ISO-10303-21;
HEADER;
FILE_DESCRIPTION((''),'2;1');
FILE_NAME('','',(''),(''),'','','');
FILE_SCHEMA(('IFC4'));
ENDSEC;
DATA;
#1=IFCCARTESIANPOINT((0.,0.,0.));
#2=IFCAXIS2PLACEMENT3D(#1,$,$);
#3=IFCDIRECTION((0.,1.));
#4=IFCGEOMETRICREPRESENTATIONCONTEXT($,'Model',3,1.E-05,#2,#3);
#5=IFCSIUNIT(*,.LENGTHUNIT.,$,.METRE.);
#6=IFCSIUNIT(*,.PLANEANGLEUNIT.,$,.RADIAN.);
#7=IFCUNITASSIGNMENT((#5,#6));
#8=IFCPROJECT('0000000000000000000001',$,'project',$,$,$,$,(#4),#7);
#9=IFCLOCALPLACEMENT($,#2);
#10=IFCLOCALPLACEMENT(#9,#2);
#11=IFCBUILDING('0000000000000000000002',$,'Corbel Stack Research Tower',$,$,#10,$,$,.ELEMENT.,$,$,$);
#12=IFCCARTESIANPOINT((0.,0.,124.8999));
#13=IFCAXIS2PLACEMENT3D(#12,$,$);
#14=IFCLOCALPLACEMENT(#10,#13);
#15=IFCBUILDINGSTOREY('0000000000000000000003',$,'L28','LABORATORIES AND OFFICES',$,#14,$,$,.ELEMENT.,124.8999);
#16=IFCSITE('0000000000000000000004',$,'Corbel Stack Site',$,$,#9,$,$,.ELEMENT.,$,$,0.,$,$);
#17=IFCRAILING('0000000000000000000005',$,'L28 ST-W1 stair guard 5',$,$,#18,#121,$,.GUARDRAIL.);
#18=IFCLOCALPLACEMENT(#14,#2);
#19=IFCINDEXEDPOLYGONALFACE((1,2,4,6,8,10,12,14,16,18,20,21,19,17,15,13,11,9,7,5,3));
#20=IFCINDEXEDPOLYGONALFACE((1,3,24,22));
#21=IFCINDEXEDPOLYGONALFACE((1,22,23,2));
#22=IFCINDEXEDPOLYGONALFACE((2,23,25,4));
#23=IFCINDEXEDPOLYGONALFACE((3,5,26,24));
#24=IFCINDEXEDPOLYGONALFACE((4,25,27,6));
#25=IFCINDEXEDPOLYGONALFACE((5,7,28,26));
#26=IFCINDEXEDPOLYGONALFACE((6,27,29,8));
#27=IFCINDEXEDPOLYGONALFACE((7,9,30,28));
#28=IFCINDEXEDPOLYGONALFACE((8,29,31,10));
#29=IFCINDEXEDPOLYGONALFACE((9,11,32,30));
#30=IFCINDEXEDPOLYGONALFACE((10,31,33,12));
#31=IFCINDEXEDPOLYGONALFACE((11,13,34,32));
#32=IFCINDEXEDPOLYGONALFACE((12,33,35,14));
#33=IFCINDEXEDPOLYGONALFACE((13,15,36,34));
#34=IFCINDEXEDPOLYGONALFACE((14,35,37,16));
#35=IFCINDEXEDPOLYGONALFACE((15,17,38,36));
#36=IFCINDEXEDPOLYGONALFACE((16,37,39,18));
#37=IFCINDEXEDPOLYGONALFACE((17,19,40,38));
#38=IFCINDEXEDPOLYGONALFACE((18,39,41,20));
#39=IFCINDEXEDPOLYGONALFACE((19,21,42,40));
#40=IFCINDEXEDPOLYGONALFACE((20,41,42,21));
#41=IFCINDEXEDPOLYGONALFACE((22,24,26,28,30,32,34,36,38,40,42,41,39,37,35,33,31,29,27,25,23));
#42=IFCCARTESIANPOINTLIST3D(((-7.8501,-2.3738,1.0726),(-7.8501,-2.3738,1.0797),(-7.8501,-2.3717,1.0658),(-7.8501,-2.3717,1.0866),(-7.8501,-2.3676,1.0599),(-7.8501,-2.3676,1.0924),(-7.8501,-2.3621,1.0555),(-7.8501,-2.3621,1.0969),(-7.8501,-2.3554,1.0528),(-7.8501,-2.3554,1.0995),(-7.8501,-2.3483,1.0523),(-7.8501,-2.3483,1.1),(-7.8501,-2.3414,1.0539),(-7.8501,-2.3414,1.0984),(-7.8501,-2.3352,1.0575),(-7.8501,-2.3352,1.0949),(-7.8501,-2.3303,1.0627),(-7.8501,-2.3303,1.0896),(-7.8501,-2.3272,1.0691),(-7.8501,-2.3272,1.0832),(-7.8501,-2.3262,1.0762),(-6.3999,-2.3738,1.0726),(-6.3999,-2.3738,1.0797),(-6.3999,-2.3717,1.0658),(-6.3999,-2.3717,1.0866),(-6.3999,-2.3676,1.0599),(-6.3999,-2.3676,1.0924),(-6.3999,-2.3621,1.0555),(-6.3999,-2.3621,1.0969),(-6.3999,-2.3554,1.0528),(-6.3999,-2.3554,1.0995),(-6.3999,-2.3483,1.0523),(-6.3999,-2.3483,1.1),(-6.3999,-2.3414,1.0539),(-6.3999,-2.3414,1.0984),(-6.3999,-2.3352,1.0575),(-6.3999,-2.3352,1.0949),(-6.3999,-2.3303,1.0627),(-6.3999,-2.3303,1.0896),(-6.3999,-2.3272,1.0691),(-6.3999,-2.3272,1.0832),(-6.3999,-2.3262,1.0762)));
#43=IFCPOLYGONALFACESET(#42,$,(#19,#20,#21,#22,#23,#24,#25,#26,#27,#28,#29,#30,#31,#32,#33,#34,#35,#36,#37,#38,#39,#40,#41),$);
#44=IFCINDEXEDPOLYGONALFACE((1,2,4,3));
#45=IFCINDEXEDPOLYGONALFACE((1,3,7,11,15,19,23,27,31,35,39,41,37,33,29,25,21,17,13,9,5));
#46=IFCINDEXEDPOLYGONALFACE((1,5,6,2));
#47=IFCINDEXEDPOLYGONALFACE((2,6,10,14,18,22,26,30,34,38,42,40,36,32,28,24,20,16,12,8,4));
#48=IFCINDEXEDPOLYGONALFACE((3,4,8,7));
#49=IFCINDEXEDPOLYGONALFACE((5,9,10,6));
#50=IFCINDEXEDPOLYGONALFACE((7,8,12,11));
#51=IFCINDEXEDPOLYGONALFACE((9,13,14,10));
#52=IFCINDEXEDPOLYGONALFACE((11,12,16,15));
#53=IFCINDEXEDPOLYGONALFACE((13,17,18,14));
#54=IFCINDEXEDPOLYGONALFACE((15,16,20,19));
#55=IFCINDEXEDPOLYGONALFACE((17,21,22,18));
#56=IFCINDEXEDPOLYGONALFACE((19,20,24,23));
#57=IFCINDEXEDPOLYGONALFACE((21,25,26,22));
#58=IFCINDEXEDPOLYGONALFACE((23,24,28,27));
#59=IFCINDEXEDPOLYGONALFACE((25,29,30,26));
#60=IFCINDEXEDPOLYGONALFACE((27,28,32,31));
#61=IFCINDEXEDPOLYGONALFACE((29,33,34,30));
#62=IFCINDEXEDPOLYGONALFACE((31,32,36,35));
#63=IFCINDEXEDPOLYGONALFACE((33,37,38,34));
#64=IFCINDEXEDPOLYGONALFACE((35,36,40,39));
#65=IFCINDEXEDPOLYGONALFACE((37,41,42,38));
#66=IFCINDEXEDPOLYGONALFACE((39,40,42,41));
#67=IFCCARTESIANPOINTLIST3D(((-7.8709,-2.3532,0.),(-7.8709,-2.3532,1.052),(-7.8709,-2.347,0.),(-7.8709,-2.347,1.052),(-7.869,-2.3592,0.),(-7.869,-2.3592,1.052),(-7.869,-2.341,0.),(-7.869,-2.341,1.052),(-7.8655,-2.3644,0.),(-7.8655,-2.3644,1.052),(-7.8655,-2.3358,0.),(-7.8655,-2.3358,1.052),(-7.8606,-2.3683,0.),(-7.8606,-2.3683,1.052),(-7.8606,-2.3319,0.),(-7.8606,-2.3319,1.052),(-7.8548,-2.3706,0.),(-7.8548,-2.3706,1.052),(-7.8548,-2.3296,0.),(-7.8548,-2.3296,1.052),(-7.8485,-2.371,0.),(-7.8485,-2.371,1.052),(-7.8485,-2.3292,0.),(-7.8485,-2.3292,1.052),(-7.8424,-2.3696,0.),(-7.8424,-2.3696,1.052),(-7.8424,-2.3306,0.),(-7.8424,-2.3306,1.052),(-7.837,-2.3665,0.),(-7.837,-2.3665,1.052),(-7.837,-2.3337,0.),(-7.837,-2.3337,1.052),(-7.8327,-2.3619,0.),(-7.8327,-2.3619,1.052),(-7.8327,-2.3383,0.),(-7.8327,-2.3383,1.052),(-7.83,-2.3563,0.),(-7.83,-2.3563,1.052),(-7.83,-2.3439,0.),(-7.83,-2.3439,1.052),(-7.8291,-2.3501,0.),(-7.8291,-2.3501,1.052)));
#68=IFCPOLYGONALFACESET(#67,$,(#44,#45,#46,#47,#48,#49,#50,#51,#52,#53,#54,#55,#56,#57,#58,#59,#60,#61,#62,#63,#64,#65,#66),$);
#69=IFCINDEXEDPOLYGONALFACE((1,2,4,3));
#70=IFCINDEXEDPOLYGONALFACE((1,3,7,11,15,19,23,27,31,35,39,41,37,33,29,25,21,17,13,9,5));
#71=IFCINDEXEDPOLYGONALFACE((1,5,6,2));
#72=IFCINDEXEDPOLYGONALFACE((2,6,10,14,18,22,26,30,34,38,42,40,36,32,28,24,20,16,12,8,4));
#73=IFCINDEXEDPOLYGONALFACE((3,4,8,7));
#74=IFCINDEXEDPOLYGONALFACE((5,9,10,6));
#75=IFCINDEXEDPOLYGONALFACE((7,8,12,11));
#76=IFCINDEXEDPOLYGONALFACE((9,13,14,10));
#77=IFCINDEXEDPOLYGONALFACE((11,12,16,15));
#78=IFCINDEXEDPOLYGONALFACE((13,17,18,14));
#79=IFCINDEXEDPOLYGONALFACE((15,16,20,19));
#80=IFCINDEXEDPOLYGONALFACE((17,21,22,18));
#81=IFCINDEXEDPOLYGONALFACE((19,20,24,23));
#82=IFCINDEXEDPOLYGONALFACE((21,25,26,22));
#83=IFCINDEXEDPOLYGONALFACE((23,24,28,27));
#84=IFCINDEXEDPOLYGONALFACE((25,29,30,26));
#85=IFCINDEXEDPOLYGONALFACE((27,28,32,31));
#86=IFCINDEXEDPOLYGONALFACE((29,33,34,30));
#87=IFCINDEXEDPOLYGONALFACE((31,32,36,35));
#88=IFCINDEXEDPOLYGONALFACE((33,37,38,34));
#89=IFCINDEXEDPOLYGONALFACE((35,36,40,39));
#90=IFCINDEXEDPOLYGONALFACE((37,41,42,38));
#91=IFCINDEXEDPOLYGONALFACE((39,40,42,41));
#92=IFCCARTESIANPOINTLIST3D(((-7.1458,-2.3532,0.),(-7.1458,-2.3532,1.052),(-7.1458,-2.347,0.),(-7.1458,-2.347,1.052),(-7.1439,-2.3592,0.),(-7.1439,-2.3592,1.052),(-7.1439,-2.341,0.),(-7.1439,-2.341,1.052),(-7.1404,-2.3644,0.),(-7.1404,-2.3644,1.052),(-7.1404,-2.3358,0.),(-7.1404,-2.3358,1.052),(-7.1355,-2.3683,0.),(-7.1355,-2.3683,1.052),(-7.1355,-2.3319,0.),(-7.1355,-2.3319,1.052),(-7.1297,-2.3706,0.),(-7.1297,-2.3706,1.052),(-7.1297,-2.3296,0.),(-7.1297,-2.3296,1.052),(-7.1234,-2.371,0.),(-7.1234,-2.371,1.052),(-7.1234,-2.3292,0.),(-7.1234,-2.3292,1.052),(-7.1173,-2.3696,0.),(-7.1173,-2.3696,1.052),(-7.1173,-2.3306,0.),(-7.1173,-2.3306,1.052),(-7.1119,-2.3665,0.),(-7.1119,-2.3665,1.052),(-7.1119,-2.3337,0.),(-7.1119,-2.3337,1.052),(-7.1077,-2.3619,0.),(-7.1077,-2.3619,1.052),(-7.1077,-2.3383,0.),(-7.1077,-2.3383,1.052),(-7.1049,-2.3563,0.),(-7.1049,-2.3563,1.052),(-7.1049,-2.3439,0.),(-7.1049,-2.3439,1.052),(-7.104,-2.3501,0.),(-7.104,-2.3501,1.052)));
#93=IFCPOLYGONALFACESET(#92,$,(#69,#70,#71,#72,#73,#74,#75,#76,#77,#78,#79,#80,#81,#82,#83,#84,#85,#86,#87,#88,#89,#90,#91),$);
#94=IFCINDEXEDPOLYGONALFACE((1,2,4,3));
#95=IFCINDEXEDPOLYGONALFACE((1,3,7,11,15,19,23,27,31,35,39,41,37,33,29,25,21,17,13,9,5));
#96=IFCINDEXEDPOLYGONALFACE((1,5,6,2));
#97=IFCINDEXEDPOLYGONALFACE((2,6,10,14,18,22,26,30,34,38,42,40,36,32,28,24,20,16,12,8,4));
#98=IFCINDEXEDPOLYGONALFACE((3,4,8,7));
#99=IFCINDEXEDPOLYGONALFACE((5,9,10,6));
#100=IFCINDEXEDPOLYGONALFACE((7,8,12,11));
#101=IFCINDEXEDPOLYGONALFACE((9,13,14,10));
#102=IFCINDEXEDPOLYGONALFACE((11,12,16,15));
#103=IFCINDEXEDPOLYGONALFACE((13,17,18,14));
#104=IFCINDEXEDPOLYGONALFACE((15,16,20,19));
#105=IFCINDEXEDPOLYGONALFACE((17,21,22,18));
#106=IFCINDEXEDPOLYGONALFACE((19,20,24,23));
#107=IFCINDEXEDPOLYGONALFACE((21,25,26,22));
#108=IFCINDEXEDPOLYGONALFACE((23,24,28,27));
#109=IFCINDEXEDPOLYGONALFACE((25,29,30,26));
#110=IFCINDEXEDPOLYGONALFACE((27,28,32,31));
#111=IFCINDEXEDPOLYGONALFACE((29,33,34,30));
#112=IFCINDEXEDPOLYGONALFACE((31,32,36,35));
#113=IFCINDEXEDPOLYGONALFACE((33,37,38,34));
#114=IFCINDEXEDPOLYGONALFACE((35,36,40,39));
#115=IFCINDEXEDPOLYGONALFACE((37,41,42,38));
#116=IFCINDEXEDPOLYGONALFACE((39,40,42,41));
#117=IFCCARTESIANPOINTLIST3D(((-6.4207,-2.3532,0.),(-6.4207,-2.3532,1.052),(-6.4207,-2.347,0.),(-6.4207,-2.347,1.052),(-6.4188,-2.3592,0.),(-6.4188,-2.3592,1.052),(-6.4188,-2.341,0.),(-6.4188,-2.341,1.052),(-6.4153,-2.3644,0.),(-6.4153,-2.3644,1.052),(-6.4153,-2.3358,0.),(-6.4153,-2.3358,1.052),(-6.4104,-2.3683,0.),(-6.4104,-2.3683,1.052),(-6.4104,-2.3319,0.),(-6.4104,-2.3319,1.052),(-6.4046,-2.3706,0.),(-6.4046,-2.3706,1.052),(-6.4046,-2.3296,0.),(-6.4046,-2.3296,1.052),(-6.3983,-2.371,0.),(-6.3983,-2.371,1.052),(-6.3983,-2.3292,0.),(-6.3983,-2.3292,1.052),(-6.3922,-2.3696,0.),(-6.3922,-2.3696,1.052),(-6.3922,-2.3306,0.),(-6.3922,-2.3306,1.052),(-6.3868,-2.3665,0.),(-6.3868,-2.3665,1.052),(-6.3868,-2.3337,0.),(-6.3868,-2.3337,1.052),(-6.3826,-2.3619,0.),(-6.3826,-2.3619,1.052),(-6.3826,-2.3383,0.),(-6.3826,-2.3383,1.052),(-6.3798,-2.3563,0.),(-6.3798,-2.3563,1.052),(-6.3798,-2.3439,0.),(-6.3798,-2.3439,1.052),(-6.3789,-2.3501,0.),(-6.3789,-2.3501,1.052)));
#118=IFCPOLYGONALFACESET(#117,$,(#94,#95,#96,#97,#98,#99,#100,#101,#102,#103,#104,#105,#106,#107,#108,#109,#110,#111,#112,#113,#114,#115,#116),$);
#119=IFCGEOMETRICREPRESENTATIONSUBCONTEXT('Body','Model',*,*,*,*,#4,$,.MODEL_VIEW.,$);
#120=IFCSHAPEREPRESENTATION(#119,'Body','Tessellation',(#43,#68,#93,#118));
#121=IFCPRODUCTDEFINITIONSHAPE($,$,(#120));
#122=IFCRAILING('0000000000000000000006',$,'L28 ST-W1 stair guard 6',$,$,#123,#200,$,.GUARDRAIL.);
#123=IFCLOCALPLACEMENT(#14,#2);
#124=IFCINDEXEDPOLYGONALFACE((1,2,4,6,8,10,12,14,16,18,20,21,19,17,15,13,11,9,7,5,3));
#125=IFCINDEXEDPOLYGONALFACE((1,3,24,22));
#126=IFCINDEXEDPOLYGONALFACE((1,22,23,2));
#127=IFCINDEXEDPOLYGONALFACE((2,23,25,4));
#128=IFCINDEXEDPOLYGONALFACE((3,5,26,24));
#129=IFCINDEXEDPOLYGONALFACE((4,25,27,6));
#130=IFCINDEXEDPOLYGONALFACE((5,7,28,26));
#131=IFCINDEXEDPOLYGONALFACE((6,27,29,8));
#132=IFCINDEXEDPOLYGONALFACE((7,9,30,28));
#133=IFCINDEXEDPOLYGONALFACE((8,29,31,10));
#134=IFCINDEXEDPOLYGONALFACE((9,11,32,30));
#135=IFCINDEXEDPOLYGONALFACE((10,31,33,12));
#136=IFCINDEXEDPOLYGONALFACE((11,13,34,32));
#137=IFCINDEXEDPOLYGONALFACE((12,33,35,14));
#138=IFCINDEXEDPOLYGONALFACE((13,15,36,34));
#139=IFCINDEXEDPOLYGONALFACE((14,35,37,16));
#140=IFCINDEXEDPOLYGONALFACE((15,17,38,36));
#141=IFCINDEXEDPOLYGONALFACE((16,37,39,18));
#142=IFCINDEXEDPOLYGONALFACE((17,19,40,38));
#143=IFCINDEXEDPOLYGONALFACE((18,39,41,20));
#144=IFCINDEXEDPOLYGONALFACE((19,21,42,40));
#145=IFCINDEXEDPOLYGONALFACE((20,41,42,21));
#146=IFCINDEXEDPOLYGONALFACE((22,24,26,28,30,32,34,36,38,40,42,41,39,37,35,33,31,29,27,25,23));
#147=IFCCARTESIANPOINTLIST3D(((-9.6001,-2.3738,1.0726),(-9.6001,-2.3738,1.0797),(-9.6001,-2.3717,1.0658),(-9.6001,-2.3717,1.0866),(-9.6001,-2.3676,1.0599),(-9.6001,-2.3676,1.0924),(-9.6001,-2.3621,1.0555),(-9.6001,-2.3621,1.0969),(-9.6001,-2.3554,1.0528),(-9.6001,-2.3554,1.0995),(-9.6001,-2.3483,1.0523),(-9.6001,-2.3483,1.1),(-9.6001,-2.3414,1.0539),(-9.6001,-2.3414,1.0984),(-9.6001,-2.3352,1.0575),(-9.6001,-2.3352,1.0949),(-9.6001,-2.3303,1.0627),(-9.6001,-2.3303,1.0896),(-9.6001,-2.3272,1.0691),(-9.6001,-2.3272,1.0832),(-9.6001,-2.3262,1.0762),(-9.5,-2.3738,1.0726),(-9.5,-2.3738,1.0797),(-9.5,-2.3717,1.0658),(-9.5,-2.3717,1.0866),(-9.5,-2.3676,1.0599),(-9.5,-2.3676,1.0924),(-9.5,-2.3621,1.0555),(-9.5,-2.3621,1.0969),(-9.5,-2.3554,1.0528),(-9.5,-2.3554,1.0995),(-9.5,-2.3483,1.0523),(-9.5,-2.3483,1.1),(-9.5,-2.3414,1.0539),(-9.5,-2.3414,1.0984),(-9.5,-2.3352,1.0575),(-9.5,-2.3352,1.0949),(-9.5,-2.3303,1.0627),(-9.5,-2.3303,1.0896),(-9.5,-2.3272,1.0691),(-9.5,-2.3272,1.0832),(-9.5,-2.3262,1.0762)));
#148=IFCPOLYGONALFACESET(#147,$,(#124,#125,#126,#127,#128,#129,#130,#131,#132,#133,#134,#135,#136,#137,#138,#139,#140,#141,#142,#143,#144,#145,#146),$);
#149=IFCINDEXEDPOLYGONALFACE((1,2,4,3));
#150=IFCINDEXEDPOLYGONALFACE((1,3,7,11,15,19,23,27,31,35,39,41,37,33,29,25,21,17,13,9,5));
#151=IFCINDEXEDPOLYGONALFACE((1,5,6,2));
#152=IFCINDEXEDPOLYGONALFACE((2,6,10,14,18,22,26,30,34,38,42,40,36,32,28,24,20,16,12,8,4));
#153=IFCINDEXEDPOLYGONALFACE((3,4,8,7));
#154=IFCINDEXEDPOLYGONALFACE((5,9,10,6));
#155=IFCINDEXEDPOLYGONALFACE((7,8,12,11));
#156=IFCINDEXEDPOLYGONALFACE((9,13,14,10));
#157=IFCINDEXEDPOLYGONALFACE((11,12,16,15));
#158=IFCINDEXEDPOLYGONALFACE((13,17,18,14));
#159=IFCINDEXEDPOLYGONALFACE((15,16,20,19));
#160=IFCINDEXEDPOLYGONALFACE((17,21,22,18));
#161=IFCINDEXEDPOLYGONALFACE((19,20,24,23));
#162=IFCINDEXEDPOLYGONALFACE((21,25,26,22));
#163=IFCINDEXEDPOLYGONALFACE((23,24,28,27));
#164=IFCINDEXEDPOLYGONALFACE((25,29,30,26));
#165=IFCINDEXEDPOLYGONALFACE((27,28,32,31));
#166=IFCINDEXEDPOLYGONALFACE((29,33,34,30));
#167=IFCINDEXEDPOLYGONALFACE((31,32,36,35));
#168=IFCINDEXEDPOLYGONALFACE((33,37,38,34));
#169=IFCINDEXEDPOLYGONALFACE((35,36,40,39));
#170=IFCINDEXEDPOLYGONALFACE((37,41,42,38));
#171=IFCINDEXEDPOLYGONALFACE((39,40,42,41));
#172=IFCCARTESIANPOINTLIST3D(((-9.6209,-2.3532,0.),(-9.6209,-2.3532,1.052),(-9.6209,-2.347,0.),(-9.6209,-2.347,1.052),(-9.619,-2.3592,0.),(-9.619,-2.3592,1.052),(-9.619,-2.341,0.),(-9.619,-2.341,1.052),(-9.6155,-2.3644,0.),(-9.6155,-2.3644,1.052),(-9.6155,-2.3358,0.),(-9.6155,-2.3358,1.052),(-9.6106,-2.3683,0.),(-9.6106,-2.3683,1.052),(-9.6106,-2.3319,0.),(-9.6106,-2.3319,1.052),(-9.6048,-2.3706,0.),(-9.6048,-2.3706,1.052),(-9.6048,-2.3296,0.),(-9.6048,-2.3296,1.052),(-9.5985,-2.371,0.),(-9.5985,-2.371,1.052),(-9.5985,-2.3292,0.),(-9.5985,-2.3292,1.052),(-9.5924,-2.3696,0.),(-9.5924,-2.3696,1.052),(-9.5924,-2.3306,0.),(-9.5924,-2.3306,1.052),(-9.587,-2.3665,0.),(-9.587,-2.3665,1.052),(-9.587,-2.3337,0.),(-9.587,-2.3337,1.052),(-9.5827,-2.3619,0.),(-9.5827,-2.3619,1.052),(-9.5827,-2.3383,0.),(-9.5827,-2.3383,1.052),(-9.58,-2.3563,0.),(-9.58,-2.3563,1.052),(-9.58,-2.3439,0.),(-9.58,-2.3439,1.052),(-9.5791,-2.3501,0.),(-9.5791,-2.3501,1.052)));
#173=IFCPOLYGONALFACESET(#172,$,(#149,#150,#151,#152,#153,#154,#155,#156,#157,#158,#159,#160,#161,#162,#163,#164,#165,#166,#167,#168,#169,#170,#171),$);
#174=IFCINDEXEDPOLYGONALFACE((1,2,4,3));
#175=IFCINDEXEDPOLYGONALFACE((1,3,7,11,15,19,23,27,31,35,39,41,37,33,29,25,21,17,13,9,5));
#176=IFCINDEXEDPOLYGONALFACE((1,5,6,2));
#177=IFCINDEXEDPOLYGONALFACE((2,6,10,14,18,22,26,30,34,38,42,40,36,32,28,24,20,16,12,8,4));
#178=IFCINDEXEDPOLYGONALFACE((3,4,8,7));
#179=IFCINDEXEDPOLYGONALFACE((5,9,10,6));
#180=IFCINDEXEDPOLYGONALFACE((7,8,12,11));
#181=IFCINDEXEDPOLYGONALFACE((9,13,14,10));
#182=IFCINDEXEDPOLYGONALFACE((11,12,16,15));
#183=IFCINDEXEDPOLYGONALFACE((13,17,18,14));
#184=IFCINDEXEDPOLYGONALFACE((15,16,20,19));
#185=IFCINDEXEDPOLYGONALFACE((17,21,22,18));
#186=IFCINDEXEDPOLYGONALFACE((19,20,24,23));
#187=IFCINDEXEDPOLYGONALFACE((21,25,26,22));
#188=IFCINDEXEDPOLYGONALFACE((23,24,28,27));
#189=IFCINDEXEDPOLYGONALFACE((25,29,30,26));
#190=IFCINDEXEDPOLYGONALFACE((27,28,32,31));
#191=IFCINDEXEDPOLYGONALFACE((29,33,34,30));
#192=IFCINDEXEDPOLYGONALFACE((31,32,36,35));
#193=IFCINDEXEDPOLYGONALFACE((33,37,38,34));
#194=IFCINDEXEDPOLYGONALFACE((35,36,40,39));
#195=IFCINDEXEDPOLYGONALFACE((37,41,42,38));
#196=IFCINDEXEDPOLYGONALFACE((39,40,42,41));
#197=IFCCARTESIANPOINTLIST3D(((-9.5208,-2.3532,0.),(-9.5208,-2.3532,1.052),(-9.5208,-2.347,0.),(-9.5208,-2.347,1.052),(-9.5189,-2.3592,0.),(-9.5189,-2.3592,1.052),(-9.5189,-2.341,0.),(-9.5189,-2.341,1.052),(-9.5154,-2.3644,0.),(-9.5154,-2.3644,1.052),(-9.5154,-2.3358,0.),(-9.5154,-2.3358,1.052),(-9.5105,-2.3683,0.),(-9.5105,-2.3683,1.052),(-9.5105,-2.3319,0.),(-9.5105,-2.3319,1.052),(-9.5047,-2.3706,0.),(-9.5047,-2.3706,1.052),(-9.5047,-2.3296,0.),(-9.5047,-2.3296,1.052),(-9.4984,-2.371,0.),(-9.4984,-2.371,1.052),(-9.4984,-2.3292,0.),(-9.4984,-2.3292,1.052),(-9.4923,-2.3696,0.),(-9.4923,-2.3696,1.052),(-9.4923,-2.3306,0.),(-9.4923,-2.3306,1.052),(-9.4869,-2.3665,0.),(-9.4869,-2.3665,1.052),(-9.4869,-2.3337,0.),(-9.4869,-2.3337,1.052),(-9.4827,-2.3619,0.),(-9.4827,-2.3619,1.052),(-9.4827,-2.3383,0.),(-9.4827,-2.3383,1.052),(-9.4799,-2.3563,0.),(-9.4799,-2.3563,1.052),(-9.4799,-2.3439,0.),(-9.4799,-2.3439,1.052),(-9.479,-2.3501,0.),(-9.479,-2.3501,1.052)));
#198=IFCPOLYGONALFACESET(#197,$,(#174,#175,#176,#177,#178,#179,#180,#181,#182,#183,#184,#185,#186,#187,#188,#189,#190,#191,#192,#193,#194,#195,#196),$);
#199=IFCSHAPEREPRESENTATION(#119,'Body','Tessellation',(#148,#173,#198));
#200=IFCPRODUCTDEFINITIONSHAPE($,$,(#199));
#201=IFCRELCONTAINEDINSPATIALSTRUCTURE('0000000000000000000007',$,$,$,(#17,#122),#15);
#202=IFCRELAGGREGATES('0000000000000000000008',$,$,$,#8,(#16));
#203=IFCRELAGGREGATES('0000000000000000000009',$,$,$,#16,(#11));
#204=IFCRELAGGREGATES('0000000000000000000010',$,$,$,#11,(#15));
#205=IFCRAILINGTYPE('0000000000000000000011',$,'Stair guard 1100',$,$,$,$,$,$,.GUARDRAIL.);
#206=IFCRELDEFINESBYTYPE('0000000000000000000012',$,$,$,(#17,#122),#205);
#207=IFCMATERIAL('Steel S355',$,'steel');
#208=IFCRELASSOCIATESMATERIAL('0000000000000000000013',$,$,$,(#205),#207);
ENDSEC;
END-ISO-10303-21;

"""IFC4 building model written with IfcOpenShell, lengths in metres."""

from ifc_helpers import new_model, si_unit, direction, frame, origin, origin_2d, place, context, subcontext, project, spatial, circle, extrude, material, type_object, element, save


model = new_model("IFC4")

# Units and contexts
model_context = context("Model", 3, precision=1e-05, world=origin(), true_north=direction((0.0, 1.0)))
body_context = subcontext(model_context, "Body", "Model", "MODEL_VIEW")
ifc_project = project(units=[si_unit("LENGTHUNIT", "METRE"), si_unit("PLANEANGLEUNIT", "RADIAN")], contexts=[model_context])

# Site, building, storey
site_placement = place(None, origin())
site = spatial("IfcSite", under=ifc_project, at=site_placement, Name="Corbel Stack Site", CompositionType="ELEMENT", RefElevation=0.0)
building_placement = place(site_placement, origin())
building = spatial("IfcBuilding", under=site, at=building_placement, Name="Corbel Stack Research Tower", CompositionType="ELEMENT")
storey_placement = place(building_placement, frame((0.0, 0.0, 124.8999)))
storey = spatial("IfcBuildingStorey", under=building, at=storey_placement, Name="L28", Description="LABORATORIES AND OFFICES", CompositionType="ELEMENT", Elevation=124.8999)

# Railings
ifc_material_1 = material(Name="Steel S355", Category="steel")
railing_type_1 = type_object("IfcRailingType", Name="Stair guard 1100", PredefinedType="GUARDRAIL", material=ifc_material_1)
railing_1_placement = place(storey_placement, frame((-7.8501, -2.3501, 0.0)))
element("IfcRailing", 1, at=railing_1_placement, inside=storey, type_object=railing_type_1, Name="L28 ST-W1 stair guard 5", PredefinedType="GUARDRAIL", context=body_context, shape_type="SweptSolid", body=[
    extrude(circle(Radius=0.0239, at=origin_2d()), frame((0.0, 0.0, 1.0762), z_axis=(1.0, 0.0, 0.0), x_axis=(0.0, 1.0, 0.0)), (0.0, 0.0, 1.0), 1.4502),
    extrude(circle(Radius=0.021, at=origin_2d()), origin(), (0.0, 0.0, 1.0), 1.052),
    extrude(circle(Radius=0.021, at=origin_2d()), frame((0.7251, 0.0, 0.0)), (0.0, 0.0, 1.0), 1.052),
    extrude(circle(Radius=0.021, at=origin_2d()), frame((1.4502, 0.0, 0.0)), (0.0, 0.0, 1.0), 1.052),
])
railing_2_placement = place(storey_placement, frame((-9.6001, -2.3501, 0.0)))
element("IfcRailing", 2, at=railing_2_placement, inside=storey, type_object=railing_type_1, Name="L28 ST-W1 stair guard 6", PredefinedType="GUARDRAIL", context=body_context, shape_type="SweptSolid", body=[
    extrude(circle(Radius=0.0239, at=origin_2d()), frame((0.0, 0.0, 1.0762), z_axis=(1.0, 0.0, 0.0), x_axis=(0.0, 1.0, 0.0)), (0.0, 0.0, 1.0), 0.1001),
    extrude(circle(Radius=0.021, at=origin_2d()), origin(), (0.0, 0.0, 1.0), 1.052),
    extrude(circle(Radius=0.021, at=origin_2d()), frame((0.1001, 0.0, 0.0)), (0.0, 0.0, 1.0), 1.052),
])

save(model, "model.ifc")
